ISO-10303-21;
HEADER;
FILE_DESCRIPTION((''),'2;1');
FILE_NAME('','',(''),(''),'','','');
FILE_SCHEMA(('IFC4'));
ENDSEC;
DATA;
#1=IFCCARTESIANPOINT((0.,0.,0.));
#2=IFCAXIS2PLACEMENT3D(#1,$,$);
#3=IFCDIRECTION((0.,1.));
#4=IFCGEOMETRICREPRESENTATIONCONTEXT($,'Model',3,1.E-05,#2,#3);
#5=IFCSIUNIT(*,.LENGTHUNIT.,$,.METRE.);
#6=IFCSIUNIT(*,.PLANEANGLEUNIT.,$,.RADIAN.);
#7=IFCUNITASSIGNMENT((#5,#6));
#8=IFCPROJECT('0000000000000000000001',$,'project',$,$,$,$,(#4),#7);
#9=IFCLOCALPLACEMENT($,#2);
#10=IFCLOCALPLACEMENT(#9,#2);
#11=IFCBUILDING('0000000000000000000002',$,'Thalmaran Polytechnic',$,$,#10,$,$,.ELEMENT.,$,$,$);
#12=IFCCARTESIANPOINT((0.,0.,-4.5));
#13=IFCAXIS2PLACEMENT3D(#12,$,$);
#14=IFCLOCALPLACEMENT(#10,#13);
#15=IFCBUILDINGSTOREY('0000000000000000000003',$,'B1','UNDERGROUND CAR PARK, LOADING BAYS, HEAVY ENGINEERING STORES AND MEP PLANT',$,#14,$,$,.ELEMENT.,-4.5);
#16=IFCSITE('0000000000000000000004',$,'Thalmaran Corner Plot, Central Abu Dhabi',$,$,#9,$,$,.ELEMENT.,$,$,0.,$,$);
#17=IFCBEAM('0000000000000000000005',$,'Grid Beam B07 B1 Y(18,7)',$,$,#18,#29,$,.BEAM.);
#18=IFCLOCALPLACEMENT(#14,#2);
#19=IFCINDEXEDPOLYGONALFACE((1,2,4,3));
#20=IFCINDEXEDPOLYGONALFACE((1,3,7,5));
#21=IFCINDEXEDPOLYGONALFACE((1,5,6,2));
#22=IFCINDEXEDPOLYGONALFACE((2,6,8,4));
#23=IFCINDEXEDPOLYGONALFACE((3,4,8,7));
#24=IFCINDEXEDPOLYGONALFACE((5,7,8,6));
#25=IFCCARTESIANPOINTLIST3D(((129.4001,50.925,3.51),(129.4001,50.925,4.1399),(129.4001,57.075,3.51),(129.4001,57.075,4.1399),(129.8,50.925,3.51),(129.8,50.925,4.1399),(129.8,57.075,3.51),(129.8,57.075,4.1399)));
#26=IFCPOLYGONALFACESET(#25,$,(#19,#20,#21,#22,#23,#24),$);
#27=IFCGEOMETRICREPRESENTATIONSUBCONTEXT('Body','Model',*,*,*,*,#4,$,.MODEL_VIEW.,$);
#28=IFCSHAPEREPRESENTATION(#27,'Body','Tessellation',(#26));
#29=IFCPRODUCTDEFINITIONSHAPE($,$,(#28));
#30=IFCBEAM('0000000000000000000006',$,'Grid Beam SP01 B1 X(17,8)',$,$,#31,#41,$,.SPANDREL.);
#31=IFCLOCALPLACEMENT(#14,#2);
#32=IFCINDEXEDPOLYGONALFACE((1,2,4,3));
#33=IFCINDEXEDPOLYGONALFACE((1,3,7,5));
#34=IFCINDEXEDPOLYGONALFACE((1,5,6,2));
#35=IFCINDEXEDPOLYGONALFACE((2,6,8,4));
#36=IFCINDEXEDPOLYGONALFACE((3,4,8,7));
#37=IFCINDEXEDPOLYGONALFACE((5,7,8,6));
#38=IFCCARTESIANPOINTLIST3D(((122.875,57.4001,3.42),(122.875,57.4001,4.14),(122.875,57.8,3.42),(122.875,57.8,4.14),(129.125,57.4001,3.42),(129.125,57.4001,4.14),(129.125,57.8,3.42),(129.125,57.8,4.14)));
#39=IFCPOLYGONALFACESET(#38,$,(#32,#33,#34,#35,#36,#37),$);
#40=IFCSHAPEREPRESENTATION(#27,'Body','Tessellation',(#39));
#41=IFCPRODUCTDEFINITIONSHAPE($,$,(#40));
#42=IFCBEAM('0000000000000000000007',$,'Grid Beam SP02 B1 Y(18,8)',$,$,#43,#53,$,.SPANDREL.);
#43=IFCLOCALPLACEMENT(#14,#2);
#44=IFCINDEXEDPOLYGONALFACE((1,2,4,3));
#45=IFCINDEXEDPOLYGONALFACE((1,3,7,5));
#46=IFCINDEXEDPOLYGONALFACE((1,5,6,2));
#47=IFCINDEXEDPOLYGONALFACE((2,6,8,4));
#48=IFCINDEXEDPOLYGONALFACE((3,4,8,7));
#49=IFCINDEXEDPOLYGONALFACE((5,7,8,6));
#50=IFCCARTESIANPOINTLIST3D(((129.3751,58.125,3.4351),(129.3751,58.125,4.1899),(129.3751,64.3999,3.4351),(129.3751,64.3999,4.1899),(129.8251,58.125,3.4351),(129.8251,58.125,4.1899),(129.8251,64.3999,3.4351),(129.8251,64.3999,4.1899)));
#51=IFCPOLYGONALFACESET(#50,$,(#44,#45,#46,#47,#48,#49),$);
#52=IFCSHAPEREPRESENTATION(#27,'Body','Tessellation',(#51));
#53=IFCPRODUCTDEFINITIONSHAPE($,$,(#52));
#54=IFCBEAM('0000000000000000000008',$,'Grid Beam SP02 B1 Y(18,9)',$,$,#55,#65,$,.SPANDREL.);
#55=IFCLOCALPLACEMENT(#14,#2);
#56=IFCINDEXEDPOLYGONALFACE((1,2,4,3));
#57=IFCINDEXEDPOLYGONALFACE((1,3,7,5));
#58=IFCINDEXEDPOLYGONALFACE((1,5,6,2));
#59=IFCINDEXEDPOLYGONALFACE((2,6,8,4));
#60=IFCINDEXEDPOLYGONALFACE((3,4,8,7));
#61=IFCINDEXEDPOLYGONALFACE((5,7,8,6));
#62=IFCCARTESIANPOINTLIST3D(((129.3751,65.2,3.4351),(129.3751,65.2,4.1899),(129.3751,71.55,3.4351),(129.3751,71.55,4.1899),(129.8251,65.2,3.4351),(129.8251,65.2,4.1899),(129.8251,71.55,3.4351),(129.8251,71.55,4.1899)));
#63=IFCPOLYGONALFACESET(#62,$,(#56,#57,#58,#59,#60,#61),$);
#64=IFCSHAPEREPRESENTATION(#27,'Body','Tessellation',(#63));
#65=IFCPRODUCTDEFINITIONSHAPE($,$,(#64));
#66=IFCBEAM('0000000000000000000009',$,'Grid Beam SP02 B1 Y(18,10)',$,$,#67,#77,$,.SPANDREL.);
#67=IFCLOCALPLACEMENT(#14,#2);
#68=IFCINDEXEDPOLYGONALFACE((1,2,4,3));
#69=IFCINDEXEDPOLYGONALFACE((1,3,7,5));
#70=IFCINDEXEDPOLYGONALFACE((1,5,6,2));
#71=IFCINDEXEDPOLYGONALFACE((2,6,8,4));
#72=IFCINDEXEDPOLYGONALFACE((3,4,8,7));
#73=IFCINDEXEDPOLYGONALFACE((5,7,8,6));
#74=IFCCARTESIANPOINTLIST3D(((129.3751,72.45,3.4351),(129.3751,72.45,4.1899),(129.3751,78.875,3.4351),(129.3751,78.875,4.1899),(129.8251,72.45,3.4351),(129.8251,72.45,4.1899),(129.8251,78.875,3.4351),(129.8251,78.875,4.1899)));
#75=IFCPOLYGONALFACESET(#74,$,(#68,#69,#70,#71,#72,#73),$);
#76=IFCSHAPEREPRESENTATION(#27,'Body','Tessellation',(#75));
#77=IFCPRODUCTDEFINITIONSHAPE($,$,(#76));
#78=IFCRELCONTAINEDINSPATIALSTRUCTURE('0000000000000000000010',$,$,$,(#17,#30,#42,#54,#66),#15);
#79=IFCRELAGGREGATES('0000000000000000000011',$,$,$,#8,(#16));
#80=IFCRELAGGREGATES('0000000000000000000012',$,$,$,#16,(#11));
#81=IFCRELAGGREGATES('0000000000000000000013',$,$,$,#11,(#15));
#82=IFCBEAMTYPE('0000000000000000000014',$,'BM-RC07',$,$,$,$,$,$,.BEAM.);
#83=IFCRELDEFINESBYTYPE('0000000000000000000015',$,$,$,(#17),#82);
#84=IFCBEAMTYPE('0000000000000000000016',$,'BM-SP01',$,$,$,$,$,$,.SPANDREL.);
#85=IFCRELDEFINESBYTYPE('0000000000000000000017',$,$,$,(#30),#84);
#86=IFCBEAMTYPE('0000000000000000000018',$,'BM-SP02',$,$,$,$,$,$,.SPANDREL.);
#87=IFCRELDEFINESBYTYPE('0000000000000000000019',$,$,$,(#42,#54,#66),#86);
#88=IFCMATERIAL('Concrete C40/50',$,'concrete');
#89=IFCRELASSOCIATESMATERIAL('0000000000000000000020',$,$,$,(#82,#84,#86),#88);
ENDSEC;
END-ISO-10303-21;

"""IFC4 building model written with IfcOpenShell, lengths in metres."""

from ifc_helpers import new_model, si_unit, direction, frame, origin, origin_2d, place, context, subcontext, project, spatial, rectangle, extrude, material, material_profile, profile_set, type_object, element, save


model = new_model("IFC4")

# Units and contexts
model_context = context("Model", 3, precision=1e-05, world=origin(), true_north=direction((0.0, 1.0)))
body_context = subcontext(model_context, "Body", "Model", "MODEL_VIEW")
ifc_project = project(units=[si_unit("LENGTHUNIT", "METRE"), si_unit("PLANEANGLEUNIT", "RADIAN")], contexts=[model_context])

# Site, building, storey
site_placement = place(None, origin())
site = spatial("IfcSite", under=ifc_project, at=site_placement, Name="Thalmaran Corner Plot, Central Abu Dhabi", CompositionType="ELEMENT", RefElevation=0.0)
building_placement = place(site_placement, origin())
building = spatial("IfcBuilding", under=site, at=building_placement, Name="Thalmaran Polytechnic", CompositionType="ELEMENT")
storey_placement = place(building_placement, frame((0.0, 0.0, -4.5)))
storey = spatial("IfcBuildingStorey", under=building, at=storey_placement, Name="B1", Description="UNDERGROUND CAR PARK, LOADING BAYS, HEAVY ENGINEERING STORES AND MEP PLANT", CompositionType="ELEMENT", Elevation=-4.5)

# Shared definitions
ifc_material_1 = material(Name="Concrete C40/50", Category="concrete")

# Beams
ifc_material_profile_1 = material_profile(ifc_material_1, rectangle(XDim=0.3999, YDim=0.6299, at=origin_2d()), Name="RC 400x630")
ifc_profile_set_1 = profile_set([ifc_material_profile_1], Name="Concrete C40/50")
beam_type_1 = type_object("IfcBeamType", Name="BM-RC07", PredefinedType="BEAM", material=ifc_profile_set_1)
for number, where, z_axis, x_axis, name in (
    (1, (129.6001, 50.925, 3.825), (0.0, 1.0, 0.0), (-1.0, 0.0, 0.0), "Grid Beam B07 B1 Y(18,7)"),
):
    element("IfcBeam", number, at=place(storey_placement, frame(where, z_axis=z_axis, x_axis=x_axis)), inside=storey, type_object=beam_type_1, Name=name, PredefinedType="BEAM", context=body_context, shape_type="SweptSolid", body=[
        extrude(rectangle(XDim=0.3999, YDim=0.6299, at=origin_2d()), origin(), (0.0, 0.0, 1.0), 6.1499),
    ])
ifc_material_profile_2 = material_profile(ifc_material_1, rectangle(XDim=0.3999, YDim=0.72, at=origin_2d()), Name="RC 400x720")
ifc_profile_set_2 = profile_set([ifc_material_profile_2], Name="Concrete C40/50")
beam_type_2 = type_object("IfcBeamType", Name="BM-SP01", PredefinedType="SPANDREL", material=ifc_profile_set_2)
beam_1_placement = place(storey_placement, frame((122.875, 57.6001, 3.78), z_axis=(1.0, 0.0, 0.0), x_axis=(0.0, 1.0, 0.0)))
element("IfcBeam", 2, at=beam_1_placement, inside=storey, type_object=beam_type_2, Name="Grid Beam SP01 B1 X(17,8)", PredefinedType="SPANDREL", context=body_context, shape_type="SweptSolid", body=[
    extrude(rectangle(XDim=0.3999, YDim=0.72, at=origin_2d()), origin(), (0.0, 0.0, 1.0), 6.25),
])
ifc_material_profile_3 = material_profile(ifc_material_1, rectangle(XDim=0.45, YDim=0.7549, at=origin_2d()), Name="RC 450x755")
ifc_profile_set_3 = profile_set([ifc_material_profile_3], Name="Concrete C40/50")
beam_type_3 = type_object("IfcBeamType", Name="BM-SP02", PredefinedType="SPANDREL", material=ifc_profile_set_3)
beam_2_placement = place(storey_placement, frame((129.6001, 58.125, 3.8125), z_axis=(0.0, 1.0, 0.0), x_axis=(-1.0, 0.0, 0.0)))
element("IfcBeam", 3, at=beam_2_placement, inside=storey, type_object=beam_type_3, Name="Grid Beam SP02 B1 Y(18,8)", PredefinedType="SPANDREL", context=body_context, shape_type="SweptSolid", body=[
    extrude(rectangle(XDim=0.45, YDim=0.7549, at=origin_2d()), origin(), (0.0, 0.0, 1.0), 6.2749),
])
beam_3_placement = place(storey_placement, frame((129.6001, 65.2, 3.8125), z_axis=(0.0, 1.0, 0.0), x_axis=(-1.0, 0.0, 0.0)))
element("IfcBeam", 4, at=beam_3_placement, inside=storey, type_object=beam_type_3, Name="Grid Beam SP02 B1 Y(18,9)", PredefinedType="SPANDREL", context=body_context, shape_type="SweptSolid", body=[
    extrude(rectangle(XDim=0.45, YDim=0.7549, at=origin_2d()), origin(), (0.0, 0.0, 1.0), 6.3501),
])
beam_4_placement = place(storey_placement, frame((129.6001, 72.45, 3.8125), z_axis=(0.0, 1.0, 0.0), x_axis=(-1.0, 0.0, 0.0)))
element("IfcBeam", 5, at=beam_4_placement, inside=storey, type_object=beam_type_3, Name="Grid Beam SP02 B1 Y(18,10)", PredefinedType="SPANDREL", context=body_context, shape_type="SweptSolid", body=[
    extrude(rectangle(XDim=0.45, YDim=0.7549, at=origin_2d()), origin(), (0.0, 0.0, 1.0), 6.425),
])

save(model, "model.ifc")
